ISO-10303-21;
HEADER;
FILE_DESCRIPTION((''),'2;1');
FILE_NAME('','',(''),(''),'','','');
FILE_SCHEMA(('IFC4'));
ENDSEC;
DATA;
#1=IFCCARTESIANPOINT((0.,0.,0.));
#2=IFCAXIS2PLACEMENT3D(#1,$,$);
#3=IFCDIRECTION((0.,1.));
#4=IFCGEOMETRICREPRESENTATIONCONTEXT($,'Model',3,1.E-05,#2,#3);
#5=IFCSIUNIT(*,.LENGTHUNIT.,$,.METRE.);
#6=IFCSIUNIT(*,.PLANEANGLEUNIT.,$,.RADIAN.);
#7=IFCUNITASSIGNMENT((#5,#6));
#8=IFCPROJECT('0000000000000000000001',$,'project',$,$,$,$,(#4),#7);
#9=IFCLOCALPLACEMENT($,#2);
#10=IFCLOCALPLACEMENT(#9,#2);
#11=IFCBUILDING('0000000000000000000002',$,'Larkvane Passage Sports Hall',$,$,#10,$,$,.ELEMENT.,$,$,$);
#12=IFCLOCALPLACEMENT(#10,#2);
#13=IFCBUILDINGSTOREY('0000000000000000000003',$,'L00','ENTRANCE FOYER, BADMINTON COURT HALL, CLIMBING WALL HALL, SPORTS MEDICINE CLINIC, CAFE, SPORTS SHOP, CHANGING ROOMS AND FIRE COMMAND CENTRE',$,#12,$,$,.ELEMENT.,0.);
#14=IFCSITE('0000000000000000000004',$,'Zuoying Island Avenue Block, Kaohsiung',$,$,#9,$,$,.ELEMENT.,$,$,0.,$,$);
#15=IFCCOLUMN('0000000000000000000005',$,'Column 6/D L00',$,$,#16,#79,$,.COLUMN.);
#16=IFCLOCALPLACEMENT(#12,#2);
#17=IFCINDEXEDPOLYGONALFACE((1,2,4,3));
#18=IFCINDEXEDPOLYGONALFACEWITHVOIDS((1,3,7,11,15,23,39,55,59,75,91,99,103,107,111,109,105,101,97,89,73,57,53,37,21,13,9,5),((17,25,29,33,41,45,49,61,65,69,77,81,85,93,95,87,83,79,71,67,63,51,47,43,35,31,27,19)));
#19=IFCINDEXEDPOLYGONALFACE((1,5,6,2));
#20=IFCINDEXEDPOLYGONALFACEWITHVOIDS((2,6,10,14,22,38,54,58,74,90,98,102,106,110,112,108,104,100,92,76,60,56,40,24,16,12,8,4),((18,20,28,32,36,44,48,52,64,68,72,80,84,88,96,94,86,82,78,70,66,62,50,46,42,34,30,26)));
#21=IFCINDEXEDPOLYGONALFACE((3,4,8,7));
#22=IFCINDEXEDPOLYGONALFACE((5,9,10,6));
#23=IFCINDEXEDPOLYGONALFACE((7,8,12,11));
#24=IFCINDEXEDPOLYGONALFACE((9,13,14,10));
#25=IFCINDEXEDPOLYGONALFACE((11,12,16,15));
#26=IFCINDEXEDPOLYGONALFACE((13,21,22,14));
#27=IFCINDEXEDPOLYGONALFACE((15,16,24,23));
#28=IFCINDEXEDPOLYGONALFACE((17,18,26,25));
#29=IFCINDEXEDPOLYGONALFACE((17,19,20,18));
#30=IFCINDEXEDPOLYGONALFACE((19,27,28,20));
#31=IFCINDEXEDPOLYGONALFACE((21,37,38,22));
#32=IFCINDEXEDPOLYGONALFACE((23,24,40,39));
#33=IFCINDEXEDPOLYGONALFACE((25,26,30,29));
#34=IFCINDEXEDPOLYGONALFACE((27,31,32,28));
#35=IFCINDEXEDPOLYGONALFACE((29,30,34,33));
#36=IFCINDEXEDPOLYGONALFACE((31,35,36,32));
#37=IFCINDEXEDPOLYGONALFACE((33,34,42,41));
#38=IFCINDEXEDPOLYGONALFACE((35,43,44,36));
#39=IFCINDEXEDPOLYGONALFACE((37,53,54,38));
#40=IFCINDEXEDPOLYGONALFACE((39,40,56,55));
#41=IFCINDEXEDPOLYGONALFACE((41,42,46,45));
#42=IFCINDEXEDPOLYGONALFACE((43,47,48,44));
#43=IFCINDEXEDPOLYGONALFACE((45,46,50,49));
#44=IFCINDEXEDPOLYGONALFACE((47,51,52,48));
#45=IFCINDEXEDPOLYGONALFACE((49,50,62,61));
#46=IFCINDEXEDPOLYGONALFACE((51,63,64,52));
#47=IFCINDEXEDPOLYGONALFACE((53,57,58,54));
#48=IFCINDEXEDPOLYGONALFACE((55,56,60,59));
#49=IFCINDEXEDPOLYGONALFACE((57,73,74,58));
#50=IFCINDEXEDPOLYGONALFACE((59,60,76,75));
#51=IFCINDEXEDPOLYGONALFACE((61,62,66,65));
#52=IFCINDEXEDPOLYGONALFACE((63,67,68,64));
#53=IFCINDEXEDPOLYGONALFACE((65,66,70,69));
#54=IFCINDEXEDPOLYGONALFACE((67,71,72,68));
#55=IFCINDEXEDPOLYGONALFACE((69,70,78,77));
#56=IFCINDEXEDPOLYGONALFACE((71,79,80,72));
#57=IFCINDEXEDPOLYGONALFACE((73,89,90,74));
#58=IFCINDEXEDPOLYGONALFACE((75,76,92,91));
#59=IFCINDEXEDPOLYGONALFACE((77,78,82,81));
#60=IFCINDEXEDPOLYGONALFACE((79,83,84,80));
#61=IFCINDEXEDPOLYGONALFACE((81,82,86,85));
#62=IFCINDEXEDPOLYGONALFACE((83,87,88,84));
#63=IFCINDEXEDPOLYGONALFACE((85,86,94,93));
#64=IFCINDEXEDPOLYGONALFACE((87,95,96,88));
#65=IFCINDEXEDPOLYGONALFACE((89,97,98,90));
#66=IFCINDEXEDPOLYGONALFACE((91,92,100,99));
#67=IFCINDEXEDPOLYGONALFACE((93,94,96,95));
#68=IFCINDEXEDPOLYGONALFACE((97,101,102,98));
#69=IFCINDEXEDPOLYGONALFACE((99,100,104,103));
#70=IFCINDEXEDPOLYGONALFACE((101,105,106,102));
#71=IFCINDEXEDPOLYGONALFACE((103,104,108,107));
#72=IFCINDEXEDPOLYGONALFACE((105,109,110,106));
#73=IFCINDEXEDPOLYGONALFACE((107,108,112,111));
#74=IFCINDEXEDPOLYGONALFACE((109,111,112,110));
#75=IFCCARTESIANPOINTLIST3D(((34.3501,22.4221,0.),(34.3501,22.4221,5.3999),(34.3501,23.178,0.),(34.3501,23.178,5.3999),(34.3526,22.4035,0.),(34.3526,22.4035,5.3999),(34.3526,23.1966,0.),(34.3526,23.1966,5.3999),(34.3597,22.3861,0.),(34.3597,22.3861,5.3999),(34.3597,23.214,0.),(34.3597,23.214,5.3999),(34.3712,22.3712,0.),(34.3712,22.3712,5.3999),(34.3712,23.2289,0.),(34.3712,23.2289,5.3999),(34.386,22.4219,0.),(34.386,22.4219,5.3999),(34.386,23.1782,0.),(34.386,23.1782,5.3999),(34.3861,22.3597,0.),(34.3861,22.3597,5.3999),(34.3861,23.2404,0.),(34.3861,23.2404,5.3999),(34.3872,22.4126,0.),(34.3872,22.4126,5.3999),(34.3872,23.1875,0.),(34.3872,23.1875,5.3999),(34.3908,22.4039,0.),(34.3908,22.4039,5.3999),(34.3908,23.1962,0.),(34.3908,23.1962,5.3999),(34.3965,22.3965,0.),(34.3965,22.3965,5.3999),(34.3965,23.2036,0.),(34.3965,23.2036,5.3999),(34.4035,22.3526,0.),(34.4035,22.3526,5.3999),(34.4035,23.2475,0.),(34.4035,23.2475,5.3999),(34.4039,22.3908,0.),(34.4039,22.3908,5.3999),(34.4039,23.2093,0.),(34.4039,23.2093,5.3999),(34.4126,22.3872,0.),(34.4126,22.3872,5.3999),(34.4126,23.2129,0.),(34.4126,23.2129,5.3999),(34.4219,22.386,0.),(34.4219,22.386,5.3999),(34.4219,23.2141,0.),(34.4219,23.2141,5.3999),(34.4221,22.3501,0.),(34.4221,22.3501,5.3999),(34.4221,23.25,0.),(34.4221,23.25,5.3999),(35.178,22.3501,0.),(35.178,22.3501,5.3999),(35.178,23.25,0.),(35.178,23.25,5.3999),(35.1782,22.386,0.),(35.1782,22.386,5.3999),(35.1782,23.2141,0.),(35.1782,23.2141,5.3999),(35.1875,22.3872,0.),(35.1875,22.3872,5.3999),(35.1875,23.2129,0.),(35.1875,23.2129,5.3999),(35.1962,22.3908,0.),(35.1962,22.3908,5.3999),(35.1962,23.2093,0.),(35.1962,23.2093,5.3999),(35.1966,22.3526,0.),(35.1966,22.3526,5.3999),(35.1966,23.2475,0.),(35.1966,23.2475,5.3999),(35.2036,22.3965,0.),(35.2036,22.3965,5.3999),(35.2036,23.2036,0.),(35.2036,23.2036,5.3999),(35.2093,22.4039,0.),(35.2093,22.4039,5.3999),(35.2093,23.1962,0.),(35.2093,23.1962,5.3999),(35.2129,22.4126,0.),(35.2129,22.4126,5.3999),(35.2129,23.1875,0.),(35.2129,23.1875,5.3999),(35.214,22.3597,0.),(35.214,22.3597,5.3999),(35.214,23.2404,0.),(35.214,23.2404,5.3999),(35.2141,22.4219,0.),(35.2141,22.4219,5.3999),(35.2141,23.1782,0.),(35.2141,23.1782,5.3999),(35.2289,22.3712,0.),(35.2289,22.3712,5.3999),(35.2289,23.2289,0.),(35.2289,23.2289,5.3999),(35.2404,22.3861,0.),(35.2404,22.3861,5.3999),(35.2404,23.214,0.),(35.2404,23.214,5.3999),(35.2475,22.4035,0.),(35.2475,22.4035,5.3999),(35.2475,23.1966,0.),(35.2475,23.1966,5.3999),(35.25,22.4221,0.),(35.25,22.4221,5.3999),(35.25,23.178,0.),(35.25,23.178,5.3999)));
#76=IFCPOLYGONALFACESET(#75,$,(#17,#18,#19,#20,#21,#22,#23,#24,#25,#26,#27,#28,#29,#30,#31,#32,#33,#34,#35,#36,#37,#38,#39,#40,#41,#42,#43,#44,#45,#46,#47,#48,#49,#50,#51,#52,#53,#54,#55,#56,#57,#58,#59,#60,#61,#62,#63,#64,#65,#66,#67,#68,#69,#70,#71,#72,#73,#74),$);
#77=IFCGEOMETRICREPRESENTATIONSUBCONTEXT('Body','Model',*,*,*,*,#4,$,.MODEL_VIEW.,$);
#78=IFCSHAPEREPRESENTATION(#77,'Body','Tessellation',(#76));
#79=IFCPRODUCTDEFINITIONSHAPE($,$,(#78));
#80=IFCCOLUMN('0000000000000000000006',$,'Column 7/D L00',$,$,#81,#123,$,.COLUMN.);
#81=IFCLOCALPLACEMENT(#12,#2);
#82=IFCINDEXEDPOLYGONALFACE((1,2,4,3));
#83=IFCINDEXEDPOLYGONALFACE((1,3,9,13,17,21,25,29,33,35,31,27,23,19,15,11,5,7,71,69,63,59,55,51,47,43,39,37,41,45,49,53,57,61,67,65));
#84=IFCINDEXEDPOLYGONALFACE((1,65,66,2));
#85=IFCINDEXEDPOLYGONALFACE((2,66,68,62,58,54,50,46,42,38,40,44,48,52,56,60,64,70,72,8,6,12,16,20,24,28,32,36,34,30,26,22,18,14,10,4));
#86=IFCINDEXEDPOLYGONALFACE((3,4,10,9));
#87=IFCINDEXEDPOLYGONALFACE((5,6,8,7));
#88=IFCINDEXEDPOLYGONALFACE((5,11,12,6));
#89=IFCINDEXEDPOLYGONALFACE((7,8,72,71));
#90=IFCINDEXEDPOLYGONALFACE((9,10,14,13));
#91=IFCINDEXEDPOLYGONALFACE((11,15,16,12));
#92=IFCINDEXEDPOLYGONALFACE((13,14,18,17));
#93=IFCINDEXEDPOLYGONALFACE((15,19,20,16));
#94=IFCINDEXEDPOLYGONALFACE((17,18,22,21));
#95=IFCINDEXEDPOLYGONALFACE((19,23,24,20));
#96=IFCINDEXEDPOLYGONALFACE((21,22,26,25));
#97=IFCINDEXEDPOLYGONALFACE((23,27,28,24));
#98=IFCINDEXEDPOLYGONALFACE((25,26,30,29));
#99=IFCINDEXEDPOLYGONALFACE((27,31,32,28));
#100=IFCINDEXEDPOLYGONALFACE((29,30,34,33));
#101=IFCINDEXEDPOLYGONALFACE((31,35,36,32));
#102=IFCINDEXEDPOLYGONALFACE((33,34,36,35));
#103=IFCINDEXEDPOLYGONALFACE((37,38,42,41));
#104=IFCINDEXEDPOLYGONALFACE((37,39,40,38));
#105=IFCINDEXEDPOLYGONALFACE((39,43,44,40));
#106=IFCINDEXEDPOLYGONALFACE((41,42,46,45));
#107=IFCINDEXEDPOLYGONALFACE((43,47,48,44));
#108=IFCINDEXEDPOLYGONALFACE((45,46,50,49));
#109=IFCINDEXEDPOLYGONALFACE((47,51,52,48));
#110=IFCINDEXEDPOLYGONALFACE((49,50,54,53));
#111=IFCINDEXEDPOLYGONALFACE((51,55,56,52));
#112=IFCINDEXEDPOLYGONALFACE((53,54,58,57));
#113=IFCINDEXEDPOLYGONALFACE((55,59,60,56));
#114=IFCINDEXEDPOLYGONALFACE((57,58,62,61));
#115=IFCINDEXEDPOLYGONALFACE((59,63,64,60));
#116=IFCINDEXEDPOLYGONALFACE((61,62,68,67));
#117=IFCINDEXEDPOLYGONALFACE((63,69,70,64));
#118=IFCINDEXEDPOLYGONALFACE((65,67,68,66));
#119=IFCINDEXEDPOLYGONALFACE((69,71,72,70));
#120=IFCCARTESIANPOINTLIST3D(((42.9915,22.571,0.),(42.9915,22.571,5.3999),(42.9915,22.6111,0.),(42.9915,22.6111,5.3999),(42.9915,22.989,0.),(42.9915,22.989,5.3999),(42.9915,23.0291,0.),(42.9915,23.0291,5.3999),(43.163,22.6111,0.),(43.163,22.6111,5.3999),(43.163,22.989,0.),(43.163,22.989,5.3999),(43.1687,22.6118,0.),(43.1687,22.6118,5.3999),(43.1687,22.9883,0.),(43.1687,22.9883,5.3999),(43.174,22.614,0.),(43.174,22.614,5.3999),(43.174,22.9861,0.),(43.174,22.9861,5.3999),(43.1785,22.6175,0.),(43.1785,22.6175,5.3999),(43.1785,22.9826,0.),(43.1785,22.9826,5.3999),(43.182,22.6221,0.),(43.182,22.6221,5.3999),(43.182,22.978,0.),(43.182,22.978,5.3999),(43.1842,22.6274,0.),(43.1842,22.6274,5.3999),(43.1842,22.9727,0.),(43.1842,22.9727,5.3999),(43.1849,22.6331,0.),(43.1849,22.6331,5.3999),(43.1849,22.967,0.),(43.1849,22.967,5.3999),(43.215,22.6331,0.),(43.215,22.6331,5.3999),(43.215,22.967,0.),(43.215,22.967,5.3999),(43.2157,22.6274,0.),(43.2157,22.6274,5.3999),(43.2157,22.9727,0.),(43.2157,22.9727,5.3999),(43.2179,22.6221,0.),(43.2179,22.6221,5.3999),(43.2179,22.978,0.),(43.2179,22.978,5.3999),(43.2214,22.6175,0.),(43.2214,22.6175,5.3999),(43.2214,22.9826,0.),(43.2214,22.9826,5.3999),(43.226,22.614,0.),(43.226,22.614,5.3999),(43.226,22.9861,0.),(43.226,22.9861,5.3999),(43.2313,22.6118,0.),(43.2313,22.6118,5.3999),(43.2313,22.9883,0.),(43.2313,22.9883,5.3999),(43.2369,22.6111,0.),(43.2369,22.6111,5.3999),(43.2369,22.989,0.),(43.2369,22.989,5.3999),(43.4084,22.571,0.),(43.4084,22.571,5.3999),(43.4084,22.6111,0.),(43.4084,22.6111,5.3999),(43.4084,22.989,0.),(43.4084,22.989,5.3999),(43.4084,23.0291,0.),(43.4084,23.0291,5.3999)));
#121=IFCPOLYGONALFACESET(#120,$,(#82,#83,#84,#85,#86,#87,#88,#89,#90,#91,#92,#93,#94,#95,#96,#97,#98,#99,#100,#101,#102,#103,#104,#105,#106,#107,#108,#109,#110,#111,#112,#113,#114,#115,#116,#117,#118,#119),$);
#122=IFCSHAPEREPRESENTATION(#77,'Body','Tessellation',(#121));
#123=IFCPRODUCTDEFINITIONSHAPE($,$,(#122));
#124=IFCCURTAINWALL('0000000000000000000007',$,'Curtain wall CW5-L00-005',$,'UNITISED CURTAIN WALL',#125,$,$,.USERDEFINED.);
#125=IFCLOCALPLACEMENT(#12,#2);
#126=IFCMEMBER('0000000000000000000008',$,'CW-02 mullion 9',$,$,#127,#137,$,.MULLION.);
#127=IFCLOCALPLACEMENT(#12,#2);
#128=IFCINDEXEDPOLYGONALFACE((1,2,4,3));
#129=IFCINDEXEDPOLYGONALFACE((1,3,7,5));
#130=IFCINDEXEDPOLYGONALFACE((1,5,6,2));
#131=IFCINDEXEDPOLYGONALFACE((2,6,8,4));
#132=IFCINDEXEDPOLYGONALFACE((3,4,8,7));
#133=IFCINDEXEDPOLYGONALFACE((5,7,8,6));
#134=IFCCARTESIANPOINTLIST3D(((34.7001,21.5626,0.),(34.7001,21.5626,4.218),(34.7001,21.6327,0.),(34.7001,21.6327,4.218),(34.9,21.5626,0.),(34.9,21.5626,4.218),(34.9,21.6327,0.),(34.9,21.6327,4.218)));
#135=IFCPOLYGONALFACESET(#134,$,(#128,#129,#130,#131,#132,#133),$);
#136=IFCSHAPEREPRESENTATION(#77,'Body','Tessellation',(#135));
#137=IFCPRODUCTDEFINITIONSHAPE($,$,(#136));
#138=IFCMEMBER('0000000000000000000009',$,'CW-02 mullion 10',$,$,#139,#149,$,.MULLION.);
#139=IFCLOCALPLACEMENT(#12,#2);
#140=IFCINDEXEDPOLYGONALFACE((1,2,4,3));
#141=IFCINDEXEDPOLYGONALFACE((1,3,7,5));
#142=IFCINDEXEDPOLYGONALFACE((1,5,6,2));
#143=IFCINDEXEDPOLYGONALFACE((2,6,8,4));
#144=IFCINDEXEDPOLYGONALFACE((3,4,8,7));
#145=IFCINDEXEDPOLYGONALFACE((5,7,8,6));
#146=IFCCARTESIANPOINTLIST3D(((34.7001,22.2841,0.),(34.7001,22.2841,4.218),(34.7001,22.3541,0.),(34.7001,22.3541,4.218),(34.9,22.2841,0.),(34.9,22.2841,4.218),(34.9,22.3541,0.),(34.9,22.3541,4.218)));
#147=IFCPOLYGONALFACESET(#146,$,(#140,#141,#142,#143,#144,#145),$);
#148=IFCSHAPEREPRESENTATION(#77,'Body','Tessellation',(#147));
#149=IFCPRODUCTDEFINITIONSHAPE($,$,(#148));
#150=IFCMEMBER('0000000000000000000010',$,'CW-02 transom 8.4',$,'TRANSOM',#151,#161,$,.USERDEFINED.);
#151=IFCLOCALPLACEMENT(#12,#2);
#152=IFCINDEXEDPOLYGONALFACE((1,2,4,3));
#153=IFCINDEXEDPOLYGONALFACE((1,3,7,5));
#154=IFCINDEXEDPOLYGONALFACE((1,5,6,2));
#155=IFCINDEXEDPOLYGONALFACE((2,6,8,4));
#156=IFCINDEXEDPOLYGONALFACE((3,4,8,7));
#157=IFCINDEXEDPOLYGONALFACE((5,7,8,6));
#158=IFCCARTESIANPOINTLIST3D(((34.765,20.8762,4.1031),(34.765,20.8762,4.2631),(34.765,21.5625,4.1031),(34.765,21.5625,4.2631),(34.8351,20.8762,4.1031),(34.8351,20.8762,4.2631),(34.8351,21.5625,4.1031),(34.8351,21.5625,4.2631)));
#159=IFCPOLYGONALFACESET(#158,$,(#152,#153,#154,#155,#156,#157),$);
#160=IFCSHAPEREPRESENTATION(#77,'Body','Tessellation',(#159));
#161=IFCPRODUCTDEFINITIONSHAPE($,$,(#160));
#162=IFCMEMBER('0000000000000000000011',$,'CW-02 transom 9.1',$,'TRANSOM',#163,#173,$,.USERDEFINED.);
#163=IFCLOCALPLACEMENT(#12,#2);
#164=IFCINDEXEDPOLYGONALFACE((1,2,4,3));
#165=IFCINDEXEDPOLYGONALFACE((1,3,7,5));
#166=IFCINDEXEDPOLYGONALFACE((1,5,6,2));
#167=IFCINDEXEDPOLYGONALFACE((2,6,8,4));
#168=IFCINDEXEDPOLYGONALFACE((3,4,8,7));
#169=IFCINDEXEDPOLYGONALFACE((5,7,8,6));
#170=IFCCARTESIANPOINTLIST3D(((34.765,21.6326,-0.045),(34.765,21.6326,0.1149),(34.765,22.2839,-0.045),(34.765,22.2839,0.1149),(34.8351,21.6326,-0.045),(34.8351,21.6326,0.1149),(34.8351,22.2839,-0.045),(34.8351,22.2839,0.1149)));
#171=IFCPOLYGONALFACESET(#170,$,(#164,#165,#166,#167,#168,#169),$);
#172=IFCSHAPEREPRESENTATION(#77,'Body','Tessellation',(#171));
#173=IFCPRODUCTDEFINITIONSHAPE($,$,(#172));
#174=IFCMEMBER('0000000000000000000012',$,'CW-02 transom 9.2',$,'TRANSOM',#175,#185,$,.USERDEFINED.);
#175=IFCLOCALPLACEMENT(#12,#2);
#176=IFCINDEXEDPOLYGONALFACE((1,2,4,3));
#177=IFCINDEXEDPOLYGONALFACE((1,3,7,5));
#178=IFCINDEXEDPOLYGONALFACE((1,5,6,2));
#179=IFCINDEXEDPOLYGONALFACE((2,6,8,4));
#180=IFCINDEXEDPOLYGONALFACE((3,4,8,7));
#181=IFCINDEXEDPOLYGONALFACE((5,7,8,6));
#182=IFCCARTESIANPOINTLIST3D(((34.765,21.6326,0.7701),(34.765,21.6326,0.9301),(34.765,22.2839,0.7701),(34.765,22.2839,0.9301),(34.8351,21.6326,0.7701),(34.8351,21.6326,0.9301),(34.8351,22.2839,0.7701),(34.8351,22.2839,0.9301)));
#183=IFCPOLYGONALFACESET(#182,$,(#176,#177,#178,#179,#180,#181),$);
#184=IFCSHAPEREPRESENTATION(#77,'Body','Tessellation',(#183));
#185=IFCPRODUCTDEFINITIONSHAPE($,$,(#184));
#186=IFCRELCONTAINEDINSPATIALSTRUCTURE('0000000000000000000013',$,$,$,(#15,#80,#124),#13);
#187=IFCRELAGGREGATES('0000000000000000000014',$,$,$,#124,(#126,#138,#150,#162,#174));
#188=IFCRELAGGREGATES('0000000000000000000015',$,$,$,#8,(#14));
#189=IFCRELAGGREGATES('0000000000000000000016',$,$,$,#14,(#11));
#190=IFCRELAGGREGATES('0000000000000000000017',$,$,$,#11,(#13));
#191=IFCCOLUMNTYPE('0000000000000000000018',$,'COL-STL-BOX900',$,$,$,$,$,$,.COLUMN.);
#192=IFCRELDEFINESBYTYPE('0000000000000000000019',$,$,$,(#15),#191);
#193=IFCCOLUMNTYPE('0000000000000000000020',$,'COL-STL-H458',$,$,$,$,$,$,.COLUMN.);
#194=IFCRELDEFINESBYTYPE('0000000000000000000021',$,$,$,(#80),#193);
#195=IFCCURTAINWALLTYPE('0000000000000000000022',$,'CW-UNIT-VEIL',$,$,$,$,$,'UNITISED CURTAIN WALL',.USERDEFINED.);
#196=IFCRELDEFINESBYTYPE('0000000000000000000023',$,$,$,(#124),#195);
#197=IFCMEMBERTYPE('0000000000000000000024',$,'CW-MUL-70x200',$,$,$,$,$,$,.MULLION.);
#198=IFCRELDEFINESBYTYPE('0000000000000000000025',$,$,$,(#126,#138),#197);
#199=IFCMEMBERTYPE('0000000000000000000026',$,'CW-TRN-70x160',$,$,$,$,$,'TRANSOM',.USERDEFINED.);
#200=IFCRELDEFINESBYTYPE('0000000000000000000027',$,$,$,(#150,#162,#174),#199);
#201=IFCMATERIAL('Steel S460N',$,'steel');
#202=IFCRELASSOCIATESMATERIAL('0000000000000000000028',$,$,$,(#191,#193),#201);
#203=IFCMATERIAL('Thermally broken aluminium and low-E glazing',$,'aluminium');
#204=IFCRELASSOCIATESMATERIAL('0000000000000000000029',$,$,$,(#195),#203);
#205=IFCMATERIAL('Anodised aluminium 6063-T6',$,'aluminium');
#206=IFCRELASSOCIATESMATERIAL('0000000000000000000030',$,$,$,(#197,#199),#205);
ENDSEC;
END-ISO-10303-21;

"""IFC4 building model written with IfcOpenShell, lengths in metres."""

from ifc_helpers import new_model, si_unit, direction, frame, origin, origin_2d, place, context, subcontext, project, spatial, rectangle, hollow_rectangle, i_section, extrude, material, material_profile, profile_set, type_object, element, aggregate, save


model = new_model("IFC4")

# Units and contexts
model_context = context("Model", 3, precision=1e-05, world=origin(), true_north=direction((0.0, 1.0)))
body_context = subcontext(model_context, "Body", "Model", "MODEL_VIEW")
ifc_project = project(units=[si_unit("LENGTHUNIT", "METRE"), si_unit("PLANEANGLEUNIT", "RADIAN")], contexts=[model_context])

# Site, building, storey
site_placement = place(None, origin())
site = spatial("IfcSite", under=ifc_project, at=site_placement, Name="Zuoying Island Avenue Block, Kaohsiung", CompositionType="ELEMENT", RefElevation=0.0)
building_placement = place(site_placement, origin())
building = spatial("IfcBuilding", under=site, at=building_placement, Name="Larkvane Passage Sports Hall", CompositionType="ELEMENT")
storey_placement = place(building_placement, origin())
storey = spatial("IfcBuildingStorey", under=building, at=storey_placement, Name="L00", Description="ENTRANCE FOYER, BADMINTON COURT HALL, CLIMBING WALL HALL, SPORTS MEDICINE CLINIC, CAFE, SPORTS SHOP, CHANGING ROOMS AND FIRE COMMAND CENTRE", CompositionType="ELEMENT", Elevation=0.0)

# Columns
ifc_material_1 = material(Name="Steel S460N", Category="steel")
ifc_material_profile_1 = material_profile(ifc_material_1, hollow_rectangle(XDim=0.8999, YDim=0.8999, WallThickness=0.0359, InnerFilletRadius=0.0359, OuterFilletRadius=0.072, at=origin_2d()), Name="BOX-900x900x36")
ifc_profile_set_1 = profile_set([ifc_material_profile_1], Name="Steel S460N")
column_type_1 = type_object("IfcColumnType", Name="COL-STL-BOX900", PredefinedType="COLUMN", material=ifc_profile_set_1)
column_1_placement = place(storey_placement, frame((34.8, 22.8, 0.0), z_axis=(0.0, 0.0, 1.0), x_axis=(1.0, 0.0, 0.0)))
element("IfcColumn", 1, at=column_1_placement, inside=storey, type_object=column_type_1, Name="Column 6/D L00", PredefinedType="COLUMN", context=body_context, shape_type="SweptSolid", body=[
    extrude(hollow_rectangle(XDim=0.8999, YDim=0.8999, WallThickness=0.0359, InnerFilletRadius=0.0359, OuterFilletRadius=0.072, at=origin_2d()), origin(), (0.0, 0.0, 1.0), 5.3999),
])
ifc_material_profile_2 = material_profile(ifc_material_1, i_section(OverallWidth=0.417, OverallDepth=0.458, WebThickness=0.03, FlangeThickness=0.04, FilletRadius=0.022, at=origin_2d()), Name="H-458x417x30x40")
ifc_profile_set_2 = profile_set([ifc_material_profile_2], Name="Steel S460N")
column_type_2 = type_object("IfcColumnType", Name="COL-STL-H458", PredefinedType="COLUMN", material=ifc_profile_set_2)
column_2_placement = place(storey_placement, frame((43.2, 22.8, 0.0), z_axis=(0.0, 0.0, 1.0), x_axis=(1.0, 0.0, 0.0)))
element("IfcColumn", 2, at=column_2_placement, inside=storey, type_object=column_type_2, Name="Column 7/D L00", PredefinedType="COLUMN", context=body_context, shape_type="SweptSolid", body=[
    extrude(i_section(OverallWidth=0.417, OverallDepth=0.458, WebThickness=0.03, FlangeThickness=0.04, FilletRadius=0.022, at=origin_2d()), origin(), (0.0, 0.0, 1.0), 5.3999),
])

# Curtain wall, members
ifc_material_2 = material(Name="Thermally broken aluminium and low-E glazing", Category="aluminium")
curtain_wall_type = type_object("IfcCurtainWallType", Name="CW-UNIT-VEIL", ElementType="UNITISED CURTAIN WALL", PredefinedType="USERDEFINED", material=ifc_material_2)
curtain_wall_placement = place(storey_placement, origin())
curtain_wall = element("IfcCurtainWall", 3, at=curtain_wall_placement, inside=storey, type_object=curtain_wall_type, Name="Curtain wall CW5-L00-005", ObjectType="UNITISED CURTAIN WALL", PredefinedType="USERDEFINED")
ifc_material_3 = material(Name="Anodised aluminium 6063-T6", Category="aluminium")
ifc_material_profile_3 = material_profile(ifc_material_3, rectangle(XDim=0.0701, YDim=0.2, at=origin_2d()), Name="ALU-MUL-70x200")
ifc_profile_set_3 = profile_set([ifc_material_profile_3], Name="Anodised aluminium 6063-T6")
member_type_1 = type_object("IfcMemberType", Name="CW-MUL-70x200", PredefinedType="MULLION", material=ifc_profile_set_3)
member_1_placement = place(storey_placement, frame((34.8, 21.5977, 0.0), z_axis=(0.0, 0.0, 1.0), x_axis=(0.0, 1.0, 0.0)))
member_1 = element("IfcMember", 4, at=member_1_placement, type_object=member_type_1, Name="CW-02 mullion 9", PredefinedType="MULLION", context=body_context, shape_type="SweptSolid", body=[
    extrude(rectangle(XDim=0.0701, YDim=0.2, at=origin_2d()), origin(), (0.0, 0.0, 1.0), 4.218),
])
member_2_placement = place(storey_placement, frame((34.8, 22.3191, 0.0), z_axis=(0.0, 0.0, 1.0), x_axis=(0.0, 1.0, 0.0)))
member_2 = element("IfcMember", 5, at=member_2_placement, type_object=member_type_1, Name="CW-02 mullion 10", PredefinedType="MULLION", context=body_context, shape_type="SweptSolid", body=[
    extrude(rectangle(XDim=0.0701, YDim=0.2, at=origin_2d()), origin(), (0.0, 0.0, 1.0), 4.218),
])
ifc_material_profile_4 = material_profile(ifc_material_3, rectangle(XDim=0.0701, YDim=0.1599, at=origin_2d()), Name="ALU-TRN-70x160")
ifc_profile_set_4 = profile_set([ifc_material_profile_4], Name="Anodised aluminium 6063-T6")
member_type_2 = type_object("IfcMemberType", Name="CW-TRN-70x160", ElementType="TRANSOM", PredefinedType="USERDEFINED", material=ifc_profile_set_4)
member_3_placement = place(storey_placement, frame((34.8, 20.8762, 4.1831), z_axis=(0.0, 1.0, 0.0), x_axis=(-1.0, 0.0, 0.0)))
member_3 = element("IfcMember", 6, at=member_3_placement, type_object=member_type_2, Name="CW-02 transom 8.4", ObjectType="TRANSOM", PredefinedType="USERDEFINED", context=body_context, shape_type="SweptSolid", body=[
    extrude(rectangle(XDim=0.0701, YDim=0.1599, at=origin_2d()), origin(), (0.0, 0.0, 1.0), 0.6863),
])
member_4_placement = place(storey_placement, frame((34.8, 21.6326, 0.0349), z_axis=(0.0, 1.0, 0.0), x_axis=(-1.0, 0.0, 0.0)))
member_4 = element("IfcMember", 7, at=member_4_placement, type_object=member_type_2, Name="CW-02 transom 9.1", ObjectType="TRANSOM", PredefinedType="USERDEFINED", context=body_context, shape_type="SweptSolid", body=[
    extrude(rectangle(XDim=0.0701, YDim=0.1599, at=origin_2d()), origin(), (0.0, 0.0, 1.0), 0.6514),
])
member_5_placement = place(storey_placement, frame((34.8, 21.6326, 0.8501), z_axis=(0.0, 1.0, 0.0), x_axis=(-1.0, 0.0, 0.0)))
member_5 = element("IfcMember", 8, at=member_5_placement, type_object=member_type_2, Name="CW-02 transom 9.2", ObjectType="TRANSOM", PredefinedType="USERDEFINED", context=body_context, shape_type="SweptSolid", body=[
    extrude(rectangle(XDim=0.0701, YDim=0.1599, at=origin_2d()), origin(), (0.0, 0.0, 1.0), 0.6514),
])

aggregate(curtain_wall, [member_1, member_2, member_3, member_4, member_5])

save(model, "model.ifc")
